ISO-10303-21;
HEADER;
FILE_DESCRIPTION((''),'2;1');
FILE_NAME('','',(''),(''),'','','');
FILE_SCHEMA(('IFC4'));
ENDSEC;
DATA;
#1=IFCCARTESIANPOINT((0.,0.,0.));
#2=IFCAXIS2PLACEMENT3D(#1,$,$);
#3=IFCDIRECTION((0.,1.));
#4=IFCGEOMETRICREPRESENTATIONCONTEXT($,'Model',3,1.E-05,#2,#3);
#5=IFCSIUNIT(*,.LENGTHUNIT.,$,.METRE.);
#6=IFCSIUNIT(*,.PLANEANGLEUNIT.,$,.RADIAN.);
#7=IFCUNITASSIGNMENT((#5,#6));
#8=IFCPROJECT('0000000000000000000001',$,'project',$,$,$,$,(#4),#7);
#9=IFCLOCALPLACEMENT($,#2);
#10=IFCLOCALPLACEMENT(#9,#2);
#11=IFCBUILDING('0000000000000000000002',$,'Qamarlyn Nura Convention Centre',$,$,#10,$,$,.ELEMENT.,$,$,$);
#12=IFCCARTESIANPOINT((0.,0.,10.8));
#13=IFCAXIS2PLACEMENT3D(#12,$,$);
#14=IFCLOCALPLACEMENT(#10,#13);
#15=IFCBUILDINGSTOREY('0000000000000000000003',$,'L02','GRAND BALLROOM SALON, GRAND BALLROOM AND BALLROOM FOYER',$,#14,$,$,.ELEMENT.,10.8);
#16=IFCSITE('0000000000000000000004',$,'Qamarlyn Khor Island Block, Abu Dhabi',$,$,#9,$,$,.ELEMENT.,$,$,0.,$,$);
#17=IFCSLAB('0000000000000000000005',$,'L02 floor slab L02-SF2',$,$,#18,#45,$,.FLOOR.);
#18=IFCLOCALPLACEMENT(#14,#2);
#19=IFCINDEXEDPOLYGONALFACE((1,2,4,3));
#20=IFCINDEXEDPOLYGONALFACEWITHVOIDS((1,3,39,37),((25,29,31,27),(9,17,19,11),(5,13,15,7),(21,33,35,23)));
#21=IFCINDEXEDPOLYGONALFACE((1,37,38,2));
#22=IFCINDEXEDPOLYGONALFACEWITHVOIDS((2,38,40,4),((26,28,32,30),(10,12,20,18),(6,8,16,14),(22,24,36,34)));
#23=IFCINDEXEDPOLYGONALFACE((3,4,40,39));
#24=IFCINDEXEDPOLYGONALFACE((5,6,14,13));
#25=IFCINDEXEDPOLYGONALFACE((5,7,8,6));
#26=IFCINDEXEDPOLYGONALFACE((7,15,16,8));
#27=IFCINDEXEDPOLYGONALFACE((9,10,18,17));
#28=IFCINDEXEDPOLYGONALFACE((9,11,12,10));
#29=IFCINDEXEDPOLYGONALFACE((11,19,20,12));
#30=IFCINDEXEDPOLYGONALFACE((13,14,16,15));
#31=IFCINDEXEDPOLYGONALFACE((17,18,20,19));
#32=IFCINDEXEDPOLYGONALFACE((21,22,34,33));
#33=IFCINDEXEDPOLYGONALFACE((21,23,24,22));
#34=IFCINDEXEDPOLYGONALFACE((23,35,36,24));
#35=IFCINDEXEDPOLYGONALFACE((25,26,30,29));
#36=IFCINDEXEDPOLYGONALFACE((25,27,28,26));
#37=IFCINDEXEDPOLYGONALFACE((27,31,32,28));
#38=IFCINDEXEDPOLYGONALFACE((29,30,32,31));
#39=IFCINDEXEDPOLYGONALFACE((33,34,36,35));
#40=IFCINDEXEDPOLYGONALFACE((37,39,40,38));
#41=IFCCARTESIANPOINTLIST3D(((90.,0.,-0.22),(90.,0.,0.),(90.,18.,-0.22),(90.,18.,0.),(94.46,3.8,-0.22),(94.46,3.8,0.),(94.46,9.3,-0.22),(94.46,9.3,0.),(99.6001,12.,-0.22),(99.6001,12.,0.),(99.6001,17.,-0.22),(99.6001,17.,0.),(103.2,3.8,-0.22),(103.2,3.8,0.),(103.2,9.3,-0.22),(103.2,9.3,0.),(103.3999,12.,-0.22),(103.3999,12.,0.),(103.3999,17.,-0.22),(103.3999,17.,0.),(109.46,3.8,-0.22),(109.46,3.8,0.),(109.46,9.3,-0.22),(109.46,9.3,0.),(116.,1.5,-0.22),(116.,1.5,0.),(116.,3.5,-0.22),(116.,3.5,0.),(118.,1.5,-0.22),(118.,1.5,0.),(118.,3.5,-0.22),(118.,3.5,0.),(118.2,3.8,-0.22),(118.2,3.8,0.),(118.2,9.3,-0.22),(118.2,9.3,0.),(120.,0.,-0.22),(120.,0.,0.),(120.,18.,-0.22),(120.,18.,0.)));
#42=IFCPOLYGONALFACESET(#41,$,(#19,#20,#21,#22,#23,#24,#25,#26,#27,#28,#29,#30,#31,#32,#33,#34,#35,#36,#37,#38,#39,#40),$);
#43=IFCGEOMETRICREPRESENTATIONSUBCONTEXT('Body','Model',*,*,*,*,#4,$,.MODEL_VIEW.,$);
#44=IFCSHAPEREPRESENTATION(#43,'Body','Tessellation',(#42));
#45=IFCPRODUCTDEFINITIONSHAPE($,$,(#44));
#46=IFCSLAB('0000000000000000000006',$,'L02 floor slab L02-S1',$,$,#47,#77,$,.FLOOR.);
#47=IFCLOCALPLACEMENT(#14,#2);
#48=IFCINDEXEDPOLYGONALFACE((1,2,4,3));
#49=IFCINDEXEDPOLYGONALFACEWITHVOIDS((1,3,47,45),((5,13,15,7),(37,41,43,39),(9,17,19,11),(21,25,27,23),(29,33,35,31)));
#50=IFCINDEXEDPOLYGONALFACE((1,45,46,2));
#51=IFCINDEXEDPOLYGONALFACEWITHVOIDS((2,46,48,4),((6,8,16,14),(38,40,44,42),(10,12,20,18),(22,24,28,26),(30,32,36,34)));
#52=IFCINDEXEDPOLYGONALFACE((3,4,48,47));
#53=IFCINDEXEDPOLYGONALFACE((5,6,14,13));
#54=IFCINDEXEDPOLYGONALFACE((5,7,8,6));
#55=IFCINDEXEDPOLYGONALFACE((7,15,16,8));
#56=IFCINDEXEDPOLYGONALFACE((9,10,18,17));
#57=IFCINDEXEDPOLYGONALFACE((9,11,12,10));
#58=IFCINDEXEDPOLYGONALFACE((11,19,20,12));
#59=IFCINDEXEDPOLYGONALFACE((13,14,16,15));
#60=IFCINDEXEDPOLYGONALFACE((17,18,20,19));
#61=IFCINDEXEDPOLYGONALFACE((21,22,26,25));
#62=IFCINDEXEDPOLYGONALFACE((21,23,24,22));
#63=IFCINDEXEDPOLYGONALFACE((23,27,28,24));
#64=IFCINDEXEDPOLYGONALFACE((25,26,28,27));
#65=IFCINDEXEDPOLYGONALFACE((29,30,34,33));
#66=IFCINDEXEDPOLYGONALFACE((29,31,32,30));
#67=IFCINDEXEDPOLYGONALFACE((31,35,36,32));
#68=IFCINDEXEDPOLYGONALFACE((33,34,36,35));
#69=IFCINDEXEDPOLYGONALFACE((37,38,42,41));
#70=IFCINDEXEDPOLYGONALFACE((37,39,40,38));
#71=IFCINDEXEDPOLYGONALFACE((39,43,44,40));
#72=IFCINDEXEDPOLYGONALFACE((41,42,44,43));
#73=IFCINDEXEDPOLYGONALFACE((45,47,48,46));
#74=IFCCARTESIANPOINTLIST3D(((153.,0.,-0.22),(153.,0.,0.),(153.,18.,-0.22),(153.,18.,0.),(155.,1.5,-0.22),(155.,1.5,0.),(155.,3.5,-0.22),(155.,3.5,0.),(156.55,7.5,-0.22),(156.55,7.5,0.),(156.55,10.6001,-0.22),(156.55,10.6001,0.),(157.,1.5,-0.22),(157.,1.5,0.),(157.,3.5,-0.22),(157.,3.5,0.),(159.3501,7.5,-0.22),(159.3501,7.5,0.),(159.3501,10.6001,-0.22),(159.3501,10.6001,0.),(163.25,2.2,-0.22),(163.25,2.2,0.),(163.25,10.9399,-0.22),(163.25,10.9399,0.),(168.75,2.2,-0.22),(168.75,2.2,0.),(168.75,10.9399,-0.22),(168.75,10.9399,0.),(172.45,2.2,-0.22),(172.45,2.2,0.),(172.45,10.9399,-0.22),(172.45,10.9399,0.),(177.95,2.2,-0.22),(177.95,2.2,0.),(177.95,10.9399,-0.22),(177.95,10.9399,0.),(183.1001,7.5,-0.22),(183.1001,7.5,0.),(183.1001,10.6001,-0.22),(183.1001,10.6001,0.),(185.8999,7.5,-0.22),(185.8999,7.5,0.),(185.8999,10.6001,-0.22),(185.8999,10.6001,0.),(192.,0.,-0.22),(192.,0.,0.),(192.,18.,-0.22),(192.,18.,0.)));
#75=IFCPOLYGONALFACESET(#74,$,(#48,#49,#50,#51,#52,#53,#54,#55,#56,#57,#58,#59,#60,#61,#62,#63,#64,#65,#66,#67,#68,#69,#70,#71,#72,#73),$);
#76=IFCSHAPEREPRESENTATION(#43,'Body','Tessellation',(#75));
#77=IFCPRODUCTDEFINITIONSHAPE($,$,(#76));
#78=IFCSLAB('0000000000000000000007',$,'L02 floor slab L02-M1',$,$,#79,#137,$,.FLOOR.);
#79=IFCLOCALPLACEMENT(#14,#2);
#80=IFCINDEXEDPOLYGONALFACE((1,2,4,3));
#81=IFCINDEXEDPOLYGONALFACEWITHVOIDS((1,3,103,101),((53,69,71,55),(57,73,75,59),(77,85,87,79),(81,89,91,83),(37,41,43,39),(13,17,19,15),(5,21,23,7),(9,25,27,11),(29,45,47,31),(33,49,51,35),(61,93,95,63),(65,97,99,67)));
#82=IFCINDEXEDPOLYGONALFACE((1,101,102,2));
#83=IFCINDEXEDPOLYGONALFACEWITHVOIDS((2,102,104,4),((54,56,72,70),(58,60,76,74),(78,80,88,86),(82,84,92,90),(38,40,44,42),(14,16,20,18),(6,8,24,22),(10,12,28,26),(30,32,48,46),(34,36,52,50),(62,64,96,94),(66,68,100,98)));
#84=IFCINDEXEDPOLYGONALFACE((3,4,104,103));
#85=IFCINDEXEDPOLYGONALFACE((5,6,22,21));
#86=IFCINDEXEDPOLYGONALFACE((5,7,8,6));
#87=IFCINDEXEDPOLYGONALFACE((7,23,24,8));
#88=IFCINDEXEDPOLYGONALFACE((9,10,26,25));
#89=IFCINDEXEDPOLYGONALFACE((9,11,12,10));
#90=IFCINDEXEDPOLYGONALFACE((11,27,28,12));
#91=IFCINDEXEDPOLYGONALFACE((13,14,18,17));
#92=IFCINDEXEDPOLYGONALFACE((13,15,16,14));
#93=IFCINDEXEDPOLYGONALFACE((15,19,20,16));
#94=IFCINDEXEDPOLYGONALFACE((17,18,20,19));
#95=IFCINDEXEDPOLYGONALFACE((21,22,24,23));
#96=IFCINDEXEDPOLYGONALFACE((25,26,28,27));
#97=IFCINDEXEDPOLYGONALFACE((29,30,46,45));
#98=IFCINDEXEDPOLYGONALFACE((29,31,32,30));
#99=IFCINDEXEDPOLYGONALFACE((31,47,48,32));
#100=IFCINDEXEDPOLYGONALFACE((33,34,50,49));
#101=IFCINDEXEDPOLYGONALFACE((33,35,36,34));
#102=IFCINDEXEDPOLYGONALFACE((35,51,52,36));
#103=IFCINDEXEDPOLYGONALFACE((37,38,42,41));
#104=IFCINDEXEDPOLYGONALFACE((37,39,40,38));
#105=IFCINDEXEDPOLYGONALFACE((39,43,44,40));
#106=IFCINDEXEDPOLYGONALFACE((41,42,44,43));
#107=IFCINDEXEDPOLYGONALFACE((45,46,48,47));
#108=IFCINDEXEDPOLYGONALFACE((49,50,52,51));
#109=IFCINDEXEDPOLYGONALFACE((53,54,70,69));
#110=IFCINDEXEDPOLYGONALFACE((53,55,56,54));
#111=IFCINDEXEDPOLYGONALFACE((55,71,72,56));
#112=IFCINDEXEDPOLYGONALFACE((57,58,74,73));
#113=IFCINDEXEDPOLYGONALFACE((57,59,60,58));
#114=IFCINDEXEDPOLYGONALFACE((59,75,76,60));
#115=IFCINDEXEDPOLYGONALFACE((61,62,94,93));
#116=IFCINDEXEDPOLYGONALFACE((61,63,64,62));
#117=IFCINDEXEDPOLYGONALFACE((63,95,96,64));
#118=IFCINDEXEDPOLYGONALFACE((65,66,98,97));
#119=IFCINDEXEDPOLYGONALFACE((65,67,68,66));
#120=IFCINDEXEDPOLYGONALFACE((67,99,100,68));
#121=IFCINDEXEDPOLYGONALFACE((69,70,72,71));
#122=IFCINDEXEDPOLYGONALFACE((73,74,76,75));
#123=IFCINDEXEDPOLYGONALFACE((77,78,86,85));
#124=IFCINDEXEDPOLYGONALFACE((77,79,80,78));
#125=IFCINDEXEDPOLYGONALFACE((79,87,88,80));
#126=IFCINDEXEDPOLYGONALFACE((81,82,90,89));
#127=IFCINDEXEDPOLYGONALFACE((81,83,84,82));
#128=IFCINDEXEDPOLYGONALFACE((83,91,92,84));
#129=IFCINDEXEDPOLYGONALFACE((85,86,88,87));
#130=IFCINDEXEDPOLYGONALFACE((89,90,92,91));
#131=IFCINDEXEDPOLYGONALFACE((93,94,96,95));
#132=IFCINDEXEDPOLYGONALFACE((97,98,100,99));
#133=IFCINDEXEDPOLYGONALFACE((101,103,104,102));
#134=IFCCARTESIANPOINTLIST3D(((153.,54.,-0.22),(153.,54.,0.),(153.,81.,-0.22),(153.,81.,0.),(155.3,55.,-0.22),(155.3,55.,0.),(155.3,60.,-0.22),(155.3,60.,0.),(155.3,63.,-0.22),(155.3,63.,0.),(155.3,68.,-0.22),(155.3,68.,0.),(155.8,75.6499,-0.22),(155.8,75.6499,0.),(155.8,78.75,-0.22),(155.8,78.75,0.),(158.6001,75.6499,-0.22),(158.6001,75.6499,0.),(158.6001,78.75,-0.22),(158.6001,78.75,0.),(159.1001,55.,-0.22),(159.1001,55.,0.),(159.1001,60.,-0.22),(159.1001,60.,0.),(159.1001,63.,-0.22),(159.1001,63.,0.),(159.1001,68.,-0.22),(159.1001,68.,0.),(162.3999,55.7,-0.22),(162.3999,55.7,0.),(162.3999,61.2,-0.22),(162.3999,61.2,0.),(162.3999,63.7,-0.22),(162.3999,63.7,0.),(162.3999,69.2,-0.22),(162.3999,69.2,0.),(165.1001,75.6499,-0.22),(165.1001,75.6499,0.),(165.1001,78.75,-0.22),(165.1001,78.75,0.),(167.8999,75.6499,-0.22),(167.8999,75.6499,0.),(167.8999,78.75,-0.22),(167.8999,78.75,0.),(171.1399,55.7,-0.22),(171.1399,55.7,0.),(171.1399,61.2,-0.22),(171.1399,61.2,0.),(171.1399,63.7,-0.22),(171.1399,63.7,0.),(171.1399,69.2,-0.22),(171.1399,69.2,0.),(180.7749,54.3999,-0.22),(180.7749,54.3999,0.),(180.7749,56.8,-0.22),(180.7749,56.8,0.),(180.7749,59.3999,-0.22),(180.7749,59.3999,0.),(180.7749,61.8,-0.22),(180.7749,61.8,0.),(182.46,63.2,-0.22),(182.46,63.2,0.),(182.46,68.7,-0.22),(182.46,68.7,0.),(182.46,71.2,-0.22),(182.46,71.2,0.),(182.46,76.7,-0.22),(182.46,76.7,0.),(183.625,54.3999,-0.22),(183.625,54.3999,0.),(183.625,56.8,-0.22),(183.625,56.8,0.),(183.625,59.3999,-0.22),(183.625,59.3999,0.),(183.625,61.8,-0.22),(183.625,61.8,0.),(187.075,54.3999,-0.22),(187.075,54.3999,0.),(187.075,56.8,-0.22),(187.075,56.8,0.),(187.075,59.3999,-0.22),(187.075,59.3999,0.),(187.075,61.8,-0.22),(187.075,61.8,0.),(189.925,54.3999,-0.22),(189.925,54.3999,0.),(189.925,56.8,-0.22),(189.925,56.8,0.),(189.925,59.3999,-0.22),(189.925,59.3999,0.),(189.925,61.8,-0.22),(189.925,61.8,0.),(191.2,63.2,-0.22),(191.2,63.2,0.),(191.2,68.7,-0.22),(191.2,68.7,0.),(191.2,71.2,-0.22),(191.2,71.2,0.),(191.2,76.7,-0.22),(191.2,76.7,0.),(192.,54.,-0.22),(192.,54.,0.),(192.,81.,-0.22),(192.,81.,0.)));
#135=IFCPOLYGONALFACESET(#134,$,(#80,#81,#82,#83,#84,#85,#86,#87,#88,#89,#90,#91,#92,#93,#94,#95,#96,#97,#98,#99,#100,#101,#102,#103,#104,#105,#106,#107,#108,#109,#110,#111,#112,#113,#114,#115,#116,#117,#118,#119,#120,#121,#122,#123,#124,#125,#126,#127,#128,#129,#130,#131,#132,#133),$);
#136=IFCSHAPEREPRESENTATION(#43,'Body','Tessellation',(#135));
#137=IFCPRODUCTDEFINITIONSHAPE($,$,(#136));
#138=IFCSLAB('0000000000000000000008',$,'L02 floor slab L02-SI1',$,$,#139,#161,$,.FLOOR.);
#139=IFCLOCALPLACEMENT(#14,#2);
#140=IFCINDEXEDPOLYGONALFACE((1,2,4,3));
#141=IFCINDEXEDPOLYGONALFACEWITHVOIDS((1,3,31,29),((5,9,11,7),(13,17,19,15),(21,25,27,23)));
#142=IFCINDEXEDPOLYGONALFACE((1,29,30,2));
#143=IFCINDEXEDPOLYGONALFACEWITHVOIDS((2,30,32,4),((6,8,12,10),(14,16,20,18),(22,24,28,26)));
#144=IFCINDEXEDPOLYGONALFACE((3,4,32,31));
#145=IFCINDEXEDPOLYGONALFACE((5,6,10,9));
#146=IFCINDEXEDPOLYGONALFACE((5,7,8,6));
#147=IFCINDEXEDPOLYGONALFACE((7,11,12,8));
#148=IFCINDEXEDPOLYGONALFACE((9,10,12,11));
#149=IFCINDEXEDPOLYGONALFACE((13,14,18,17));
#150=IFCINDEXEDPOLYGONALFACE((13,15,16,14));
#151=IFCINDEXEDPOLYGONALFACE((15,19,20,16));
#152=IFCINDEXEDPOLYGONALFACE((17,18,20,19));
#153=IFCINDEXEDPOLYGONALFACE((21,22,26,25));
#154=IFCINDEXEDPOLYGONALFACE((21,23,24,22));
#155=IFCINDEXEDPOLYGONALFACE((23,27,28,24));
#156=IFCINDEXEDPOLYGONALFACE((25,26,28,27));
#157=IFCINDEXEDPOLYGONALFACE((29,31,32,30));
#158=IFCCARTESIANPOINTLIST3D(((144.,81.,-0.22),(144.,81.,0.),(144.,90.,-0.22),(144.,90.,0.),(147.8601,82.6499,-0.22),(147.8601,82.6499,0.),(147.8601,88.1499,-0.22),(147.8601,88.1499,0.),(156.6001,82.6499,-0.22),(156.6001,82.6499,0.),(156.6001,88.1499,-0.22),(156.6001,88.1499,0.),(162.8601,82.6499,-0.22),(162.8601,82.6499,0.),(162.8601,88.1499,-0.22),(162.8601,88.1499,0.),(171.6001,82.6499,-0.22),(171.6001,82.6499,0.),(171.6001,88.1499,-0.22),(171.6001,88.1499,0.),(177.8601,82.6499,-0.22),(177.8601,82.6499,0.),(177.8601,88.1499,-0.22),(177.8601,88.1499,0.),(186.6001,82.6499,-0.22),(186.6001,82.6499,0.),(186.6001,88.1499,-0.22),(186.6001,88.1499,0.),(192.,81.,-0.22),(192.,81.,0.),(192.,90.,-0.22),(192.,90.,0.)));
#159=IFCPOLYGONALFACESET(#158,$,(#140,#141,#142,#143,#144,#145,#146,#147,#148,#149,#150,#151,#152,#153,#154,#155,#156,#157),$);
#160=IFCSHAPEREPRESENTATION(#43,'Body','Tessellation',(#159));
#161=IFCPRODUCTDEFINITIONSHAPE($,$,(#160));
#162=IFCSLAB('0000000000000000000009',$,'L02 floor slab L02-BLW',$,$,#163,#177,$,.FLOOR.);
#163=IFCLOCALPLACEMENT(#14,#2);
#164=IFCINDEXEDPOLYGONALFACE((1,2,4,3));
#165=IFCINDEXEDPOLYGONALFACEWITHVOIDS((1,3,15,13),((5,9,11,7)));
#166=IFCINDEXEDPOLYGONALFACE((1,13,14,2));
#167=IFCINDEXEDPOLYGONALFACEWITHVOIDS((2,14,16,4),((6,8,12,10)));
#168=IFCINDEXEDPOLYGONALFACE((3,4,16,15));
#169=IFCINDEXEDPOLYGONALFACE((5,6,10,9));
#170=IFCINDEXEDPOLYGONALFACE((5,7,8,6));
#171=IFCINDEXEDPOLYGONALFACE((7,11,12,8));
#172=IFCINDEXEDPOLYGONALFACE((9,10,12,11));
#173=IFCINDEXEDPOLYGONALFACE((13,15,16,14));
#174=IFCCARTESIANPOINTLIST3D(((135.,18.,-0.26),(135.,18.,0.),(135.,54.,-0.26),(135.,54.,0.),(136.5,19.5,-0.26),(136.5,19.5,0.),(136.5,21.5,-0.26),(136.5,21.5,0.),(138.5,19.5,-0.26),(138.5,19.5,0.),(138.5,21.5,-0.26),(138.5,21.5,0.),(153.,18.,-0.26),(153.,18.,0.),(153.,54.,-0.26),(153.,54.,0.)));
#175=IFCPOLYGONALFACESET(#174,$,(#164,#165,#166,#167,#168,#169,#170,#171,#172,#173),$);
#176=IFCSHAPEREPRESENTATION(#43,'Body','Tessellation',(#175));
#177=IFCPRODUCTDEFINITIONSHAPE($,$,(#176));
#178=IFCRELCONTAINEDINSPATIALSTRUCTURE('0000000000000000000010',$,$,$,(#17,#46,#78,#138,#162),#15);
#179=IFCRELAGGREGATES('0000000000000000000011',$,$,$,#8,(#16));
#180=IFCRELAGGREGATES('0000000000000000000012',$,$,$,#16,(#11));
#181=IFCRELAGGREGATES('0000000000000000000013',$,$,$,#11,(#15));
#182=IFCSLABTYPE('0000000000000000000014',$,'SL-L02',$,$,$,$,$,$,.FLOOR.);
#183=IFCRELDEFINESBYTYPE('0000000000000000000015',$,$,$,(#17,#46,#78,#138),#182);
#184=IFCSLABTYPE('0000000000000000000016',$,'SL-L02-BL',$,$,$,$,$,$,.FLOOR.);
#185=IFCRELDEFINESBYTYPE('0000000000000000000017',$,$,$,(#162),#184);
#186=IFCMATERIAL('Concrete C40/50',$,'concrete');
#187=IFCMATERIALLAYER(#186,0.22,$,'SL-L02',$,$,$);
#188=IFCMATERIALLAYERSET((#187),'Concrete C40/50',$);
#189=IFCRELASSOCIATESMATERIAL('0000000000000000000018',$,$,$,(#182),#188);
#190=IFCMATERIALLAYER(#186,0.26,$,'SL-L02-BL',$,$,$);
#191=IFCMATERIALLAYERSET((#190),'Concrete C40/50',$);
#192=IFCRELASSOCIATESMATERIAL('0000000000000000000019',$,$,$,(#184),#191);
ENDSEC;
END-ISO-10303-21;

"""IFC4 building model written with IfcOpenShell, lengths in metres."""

from ifc_helpers import new_model, si_unit, direction, frame, origin, place, context, subcontext, project, spatial, polyline, outline, extrude, material, layer, layer_set, type_object, element, save


model = new_model("IFC4")

# Units and contexts
model_context = context("Model", 3, precision=1e-05, world=origin(), true_north=direction((0.0, 1.0)))
body_context = subcontext(model_context, "Body", "Model", "MODEL_VIEW")
ifc_project = project(units=[si_unit("LENGTHUNIT", "METRE"), si_unit("PLANEANGLEUNIT", "RADIAN")], contexts=[model_context])

# Site, building, storey
site_placement = place(None, origin())
site = spatial("IfcSite", under=ifc_project, at=site_placement, Name="Qamarlyn Khor Island Block, Abu Dhabi", CompositionType="ELEMENT", RefElevation=0.0)
building_placement = place(site_placement, origin())
building = spatial("IfcBuilding", under=site, at=building_placement, Name="Qamarlyn Nura Convention Centre", CompositionType="ELEMENT")
storey_placement = place(building_placement, frame((0.0, 0.0, 10.8)))
storey = spatial("IfcBuildingStorey", under=building, at=storey_placement, Name="L02", Description="GRAND BALLROOM SALON, GRAND BALLROOM AND BALLROOM FOYER", CompositionType="ELEMENT", Elevation=10.8)

# Slabs
ifc_material_1 = material(Name="Concrete C40/50", Category="concrete")
ifc_layer_1 = layer(ifc_material_1, 0.22, Name="SL-L02")
ifc_layer_set_1 = layer_set([ifc_layer_1], Name="Concrete C40/50")
slab_type_1 = type_object("IfcSlabType", Name="SL-L02", PredefinedType="FLOOR", material=ifc_layer_set_1)
slab_1_placement = place(storey_placement, frame((0.0, 0.0, -0.22)))
element("IfcSlab", 1, at=slab_1_placement, inside=storey, type_object=slab_type_1, Name="L02 floor slab L02-SF2", PredefinedType="FLOOR", context=body_context, shape_type="SweptSolid", body=[
    extrude(outline(polyline([(90.0, 18.0), (120.0, 18.0), (120.0, 0.0), (90.0, 0.0), (90.0, 18.0)]), holes=[polyline([(116.0, 3.5), (116.0, 1.5), (118.0, 1.5), (118.0, 3.5), (116.0, 3.5)]), polyline([(94.46, 3.8), (103.2, 3.8), (103.2, 9.3), (94.46, 9.3), (94.46, 3.8)]), polyline([(109.46, 3.8), (118.2, 3.8), (118.2, 9.3), (109.46, 9.3), (109.46, 3.8)]), polyline([(103.3999, 12.0), (103.3999, 17.0), (99.6001, 17.0), (99.6001, 12.0), (103.3999, 12.0)])]), origin(), (0.0, 0.0, 1.0), 0.22),
])
slab_2_placement = place(storey_placement, frame((0.0, 0.0, -0.22)))
element("IfcSlab", 2, at=slab_2_placement, inside=storey, type_object=slab_type_1, Name="L02 floor slab L02-S1", PredefinedType="FLOOR", context=body_context, shape_type="SweptSolid", body=[
    extrude(outline(polyline([(153.0, 18.0), (192.0, 18.0), (192.0, 0.0), (153.0, 0.0), (153.0, 18.0)]), holes=[polyline([(155.0, 3.5), (155.0, 1.5), (157.0, 1.5), (157.0, 3.5), (155.0, 3.5)]), polyline([(163.25, 10.9399), (163.25, 2.2), (168.75, 2.2), (168.75, 10.9399), (163.25, 10.9399)]), polyline([(159.3501, 7.5), (159.3501, 10.6001), (156.55, 10.6001), (156.55, 7.5), (159.3501, 7.5)]), polyline([(172.45, 2.2), (177.95, 2.2), (177.95, 10.9399), (172.45, 10.9399), (172.45, 2.2)]), polyline([(185.8999, 7.5), (185.8999, 10.6001), (183.1001, 10.6001), (183.1001, 7.5), (185.8999, 7.5)])]), origin(), (0.0, 0.0, 1.0), 0.22),
])
slab_3_placement = place(storey_placement, frame((0.0, 0.0, -0.22)))
element("IfcSlab", 3, at=slab_3_placement, inside=storey, type_object=slab_type_1, Name="L02 floor slab L02-M1", PredefinedType="FLOOR", context=body_context, shape_type="SweptSolid", body=[
    extrude(outline(polyline([(153.0, 54.0), (153.0, 81.0), (192.0, 81.0), (192.0, 54.0), (153.0, 54.0)]), holes=[polyline([(159.1001, 55.0), (159.1001, 60.0), (155.3, 60.0), (155.3, 55.0), (159.1001, 55.0)]), polyline([(159.1001, 63.0), (159.1001, 68.0), (155.3, 68.0), (155.3, 63.0), (159.1001, 63.0)]), polyline([(158.6001, 75.6499), (158.6001, 78.75), (155.8, 78.75), (155.8, 75.6499), (158.6001, 75.6499)]), polyline([(183.625, 54.3999), (183.625, 56.8), (180.7749, 56.8), (180.7749, 54.3999), (183.625, 54.3999)]), polyline([(189.925, 54.3999), (189.925, 56.8), (187.075, 56.8), (187.075, 54.3999), (189.925, 54.3999)]), polyline([(171.1399, 61.2), (162.3999, 61.2), (162.3999, 55.7), (171.1399, 55.7), (171.1399, 61.2)]), polyline([(183.625, 59.3999), (183.625, 61.8), (180.7749, 61.8), (180.7749, 59.3999), (183.625, 59.3999)]), polyline([(189.925, 61.8), (187.075, 61.8), (187.075, 59.3999), (189.925, 59.3999), (189.925, 61.8)]), polyline([(182.46, 63.2), (191.2, 63.2), (191.2, 68.7), (182.46, 68.7), (182.46, 63.2)]), polyline([(171.1399, 69.2), (162.3999, 69.2), (162.3999, 63.7), (171.1399, 63.7), (171.1399, 69.2)]), polyline([(182.46, 71.2), (191.2, 71.2), (191.2, 76.7), (182.46, 76.7), (182.46, 71.2)]), polyline([(167.8999, 75.6499), (167.8999, 78.75), (165.1001, 78.75), (165.1001, 75.6499), (167.8999, 75.6499)])]), origin(), (0.0, 0.0, 1.0), 0.22),
])
slab_4_placement = place(storey_placement, frame((0.0, 0.0, -0.22)))
element("IfcSlab", 4, at=slab_4_placement, inside=storey, type_object=slab_type_1, Name="L02 floor slab L02-SI1", PredefinedType="FLOOR", context=body_context, shape_type="SweptSolid", body=[
    extrude(outline(polyline([(144.0, 81.0), (144.0, 90.0), (192.0, 90.0), (192.0, 81.0), (144.0, 81.0)]), holes=[polyline([(147.8601, 82.6499), (156.6001, 82.6499), (156.6001, 88.1499), (147.8601, 88.1499), (147.8601, 82.6499)]), polyline([(162.8601, 82.6499), (171.6001, 82.6499), (171.6001, 88.1499), (162.8601, 88.1499), (162.8601, 82.6499)]), polyline([(177.8601, 82.6499), (186.6001, 82.6499), (186.6001, 88.1499), (177.8601, 88.1499), (177.8601, 82.6499)])]), origin(), (0.0, 0.0, 1.0), 0.22),
])
ifc_layer_2 = layer(ifc_material_1, 0.26, Name="SL-L02-BL")
ifc_layer_set_2 = layer_set([ifc_layer_2], Name="Concrete C40/50")
slab_type_2 = type_object("IfcSlabType", Name="SL-L02-BL", PredefinedType="FLOOR", material=ifc_layer_set_2)
slab_5_placement = place(storey_placement, frame((0.0, 0.0, -0.26)))
element("IfcSlab", 5, at=slab_5_placement, inside=storey, type_object=slab_type_2, Name="L02 floor slab L02-BLW", PredefinedType="FLOOR", context=body_context, shape_type="SweptSolid", body=[
    extrude(outline(polyline([(135.0, 54.0), (153.0, 54.0), (153.0, 18.0), (135.0, 18.0), (135.0, 54.0)]), holes=[polyline([(136.5, 21.5), (136.5, 19.5), (138.5, 19.5), (138.5, 21.5), (136.5, 21.5)])]), origin(), (0.0, 0.0, 1.0), 0.26),
])

save(model, "model.ifc")
